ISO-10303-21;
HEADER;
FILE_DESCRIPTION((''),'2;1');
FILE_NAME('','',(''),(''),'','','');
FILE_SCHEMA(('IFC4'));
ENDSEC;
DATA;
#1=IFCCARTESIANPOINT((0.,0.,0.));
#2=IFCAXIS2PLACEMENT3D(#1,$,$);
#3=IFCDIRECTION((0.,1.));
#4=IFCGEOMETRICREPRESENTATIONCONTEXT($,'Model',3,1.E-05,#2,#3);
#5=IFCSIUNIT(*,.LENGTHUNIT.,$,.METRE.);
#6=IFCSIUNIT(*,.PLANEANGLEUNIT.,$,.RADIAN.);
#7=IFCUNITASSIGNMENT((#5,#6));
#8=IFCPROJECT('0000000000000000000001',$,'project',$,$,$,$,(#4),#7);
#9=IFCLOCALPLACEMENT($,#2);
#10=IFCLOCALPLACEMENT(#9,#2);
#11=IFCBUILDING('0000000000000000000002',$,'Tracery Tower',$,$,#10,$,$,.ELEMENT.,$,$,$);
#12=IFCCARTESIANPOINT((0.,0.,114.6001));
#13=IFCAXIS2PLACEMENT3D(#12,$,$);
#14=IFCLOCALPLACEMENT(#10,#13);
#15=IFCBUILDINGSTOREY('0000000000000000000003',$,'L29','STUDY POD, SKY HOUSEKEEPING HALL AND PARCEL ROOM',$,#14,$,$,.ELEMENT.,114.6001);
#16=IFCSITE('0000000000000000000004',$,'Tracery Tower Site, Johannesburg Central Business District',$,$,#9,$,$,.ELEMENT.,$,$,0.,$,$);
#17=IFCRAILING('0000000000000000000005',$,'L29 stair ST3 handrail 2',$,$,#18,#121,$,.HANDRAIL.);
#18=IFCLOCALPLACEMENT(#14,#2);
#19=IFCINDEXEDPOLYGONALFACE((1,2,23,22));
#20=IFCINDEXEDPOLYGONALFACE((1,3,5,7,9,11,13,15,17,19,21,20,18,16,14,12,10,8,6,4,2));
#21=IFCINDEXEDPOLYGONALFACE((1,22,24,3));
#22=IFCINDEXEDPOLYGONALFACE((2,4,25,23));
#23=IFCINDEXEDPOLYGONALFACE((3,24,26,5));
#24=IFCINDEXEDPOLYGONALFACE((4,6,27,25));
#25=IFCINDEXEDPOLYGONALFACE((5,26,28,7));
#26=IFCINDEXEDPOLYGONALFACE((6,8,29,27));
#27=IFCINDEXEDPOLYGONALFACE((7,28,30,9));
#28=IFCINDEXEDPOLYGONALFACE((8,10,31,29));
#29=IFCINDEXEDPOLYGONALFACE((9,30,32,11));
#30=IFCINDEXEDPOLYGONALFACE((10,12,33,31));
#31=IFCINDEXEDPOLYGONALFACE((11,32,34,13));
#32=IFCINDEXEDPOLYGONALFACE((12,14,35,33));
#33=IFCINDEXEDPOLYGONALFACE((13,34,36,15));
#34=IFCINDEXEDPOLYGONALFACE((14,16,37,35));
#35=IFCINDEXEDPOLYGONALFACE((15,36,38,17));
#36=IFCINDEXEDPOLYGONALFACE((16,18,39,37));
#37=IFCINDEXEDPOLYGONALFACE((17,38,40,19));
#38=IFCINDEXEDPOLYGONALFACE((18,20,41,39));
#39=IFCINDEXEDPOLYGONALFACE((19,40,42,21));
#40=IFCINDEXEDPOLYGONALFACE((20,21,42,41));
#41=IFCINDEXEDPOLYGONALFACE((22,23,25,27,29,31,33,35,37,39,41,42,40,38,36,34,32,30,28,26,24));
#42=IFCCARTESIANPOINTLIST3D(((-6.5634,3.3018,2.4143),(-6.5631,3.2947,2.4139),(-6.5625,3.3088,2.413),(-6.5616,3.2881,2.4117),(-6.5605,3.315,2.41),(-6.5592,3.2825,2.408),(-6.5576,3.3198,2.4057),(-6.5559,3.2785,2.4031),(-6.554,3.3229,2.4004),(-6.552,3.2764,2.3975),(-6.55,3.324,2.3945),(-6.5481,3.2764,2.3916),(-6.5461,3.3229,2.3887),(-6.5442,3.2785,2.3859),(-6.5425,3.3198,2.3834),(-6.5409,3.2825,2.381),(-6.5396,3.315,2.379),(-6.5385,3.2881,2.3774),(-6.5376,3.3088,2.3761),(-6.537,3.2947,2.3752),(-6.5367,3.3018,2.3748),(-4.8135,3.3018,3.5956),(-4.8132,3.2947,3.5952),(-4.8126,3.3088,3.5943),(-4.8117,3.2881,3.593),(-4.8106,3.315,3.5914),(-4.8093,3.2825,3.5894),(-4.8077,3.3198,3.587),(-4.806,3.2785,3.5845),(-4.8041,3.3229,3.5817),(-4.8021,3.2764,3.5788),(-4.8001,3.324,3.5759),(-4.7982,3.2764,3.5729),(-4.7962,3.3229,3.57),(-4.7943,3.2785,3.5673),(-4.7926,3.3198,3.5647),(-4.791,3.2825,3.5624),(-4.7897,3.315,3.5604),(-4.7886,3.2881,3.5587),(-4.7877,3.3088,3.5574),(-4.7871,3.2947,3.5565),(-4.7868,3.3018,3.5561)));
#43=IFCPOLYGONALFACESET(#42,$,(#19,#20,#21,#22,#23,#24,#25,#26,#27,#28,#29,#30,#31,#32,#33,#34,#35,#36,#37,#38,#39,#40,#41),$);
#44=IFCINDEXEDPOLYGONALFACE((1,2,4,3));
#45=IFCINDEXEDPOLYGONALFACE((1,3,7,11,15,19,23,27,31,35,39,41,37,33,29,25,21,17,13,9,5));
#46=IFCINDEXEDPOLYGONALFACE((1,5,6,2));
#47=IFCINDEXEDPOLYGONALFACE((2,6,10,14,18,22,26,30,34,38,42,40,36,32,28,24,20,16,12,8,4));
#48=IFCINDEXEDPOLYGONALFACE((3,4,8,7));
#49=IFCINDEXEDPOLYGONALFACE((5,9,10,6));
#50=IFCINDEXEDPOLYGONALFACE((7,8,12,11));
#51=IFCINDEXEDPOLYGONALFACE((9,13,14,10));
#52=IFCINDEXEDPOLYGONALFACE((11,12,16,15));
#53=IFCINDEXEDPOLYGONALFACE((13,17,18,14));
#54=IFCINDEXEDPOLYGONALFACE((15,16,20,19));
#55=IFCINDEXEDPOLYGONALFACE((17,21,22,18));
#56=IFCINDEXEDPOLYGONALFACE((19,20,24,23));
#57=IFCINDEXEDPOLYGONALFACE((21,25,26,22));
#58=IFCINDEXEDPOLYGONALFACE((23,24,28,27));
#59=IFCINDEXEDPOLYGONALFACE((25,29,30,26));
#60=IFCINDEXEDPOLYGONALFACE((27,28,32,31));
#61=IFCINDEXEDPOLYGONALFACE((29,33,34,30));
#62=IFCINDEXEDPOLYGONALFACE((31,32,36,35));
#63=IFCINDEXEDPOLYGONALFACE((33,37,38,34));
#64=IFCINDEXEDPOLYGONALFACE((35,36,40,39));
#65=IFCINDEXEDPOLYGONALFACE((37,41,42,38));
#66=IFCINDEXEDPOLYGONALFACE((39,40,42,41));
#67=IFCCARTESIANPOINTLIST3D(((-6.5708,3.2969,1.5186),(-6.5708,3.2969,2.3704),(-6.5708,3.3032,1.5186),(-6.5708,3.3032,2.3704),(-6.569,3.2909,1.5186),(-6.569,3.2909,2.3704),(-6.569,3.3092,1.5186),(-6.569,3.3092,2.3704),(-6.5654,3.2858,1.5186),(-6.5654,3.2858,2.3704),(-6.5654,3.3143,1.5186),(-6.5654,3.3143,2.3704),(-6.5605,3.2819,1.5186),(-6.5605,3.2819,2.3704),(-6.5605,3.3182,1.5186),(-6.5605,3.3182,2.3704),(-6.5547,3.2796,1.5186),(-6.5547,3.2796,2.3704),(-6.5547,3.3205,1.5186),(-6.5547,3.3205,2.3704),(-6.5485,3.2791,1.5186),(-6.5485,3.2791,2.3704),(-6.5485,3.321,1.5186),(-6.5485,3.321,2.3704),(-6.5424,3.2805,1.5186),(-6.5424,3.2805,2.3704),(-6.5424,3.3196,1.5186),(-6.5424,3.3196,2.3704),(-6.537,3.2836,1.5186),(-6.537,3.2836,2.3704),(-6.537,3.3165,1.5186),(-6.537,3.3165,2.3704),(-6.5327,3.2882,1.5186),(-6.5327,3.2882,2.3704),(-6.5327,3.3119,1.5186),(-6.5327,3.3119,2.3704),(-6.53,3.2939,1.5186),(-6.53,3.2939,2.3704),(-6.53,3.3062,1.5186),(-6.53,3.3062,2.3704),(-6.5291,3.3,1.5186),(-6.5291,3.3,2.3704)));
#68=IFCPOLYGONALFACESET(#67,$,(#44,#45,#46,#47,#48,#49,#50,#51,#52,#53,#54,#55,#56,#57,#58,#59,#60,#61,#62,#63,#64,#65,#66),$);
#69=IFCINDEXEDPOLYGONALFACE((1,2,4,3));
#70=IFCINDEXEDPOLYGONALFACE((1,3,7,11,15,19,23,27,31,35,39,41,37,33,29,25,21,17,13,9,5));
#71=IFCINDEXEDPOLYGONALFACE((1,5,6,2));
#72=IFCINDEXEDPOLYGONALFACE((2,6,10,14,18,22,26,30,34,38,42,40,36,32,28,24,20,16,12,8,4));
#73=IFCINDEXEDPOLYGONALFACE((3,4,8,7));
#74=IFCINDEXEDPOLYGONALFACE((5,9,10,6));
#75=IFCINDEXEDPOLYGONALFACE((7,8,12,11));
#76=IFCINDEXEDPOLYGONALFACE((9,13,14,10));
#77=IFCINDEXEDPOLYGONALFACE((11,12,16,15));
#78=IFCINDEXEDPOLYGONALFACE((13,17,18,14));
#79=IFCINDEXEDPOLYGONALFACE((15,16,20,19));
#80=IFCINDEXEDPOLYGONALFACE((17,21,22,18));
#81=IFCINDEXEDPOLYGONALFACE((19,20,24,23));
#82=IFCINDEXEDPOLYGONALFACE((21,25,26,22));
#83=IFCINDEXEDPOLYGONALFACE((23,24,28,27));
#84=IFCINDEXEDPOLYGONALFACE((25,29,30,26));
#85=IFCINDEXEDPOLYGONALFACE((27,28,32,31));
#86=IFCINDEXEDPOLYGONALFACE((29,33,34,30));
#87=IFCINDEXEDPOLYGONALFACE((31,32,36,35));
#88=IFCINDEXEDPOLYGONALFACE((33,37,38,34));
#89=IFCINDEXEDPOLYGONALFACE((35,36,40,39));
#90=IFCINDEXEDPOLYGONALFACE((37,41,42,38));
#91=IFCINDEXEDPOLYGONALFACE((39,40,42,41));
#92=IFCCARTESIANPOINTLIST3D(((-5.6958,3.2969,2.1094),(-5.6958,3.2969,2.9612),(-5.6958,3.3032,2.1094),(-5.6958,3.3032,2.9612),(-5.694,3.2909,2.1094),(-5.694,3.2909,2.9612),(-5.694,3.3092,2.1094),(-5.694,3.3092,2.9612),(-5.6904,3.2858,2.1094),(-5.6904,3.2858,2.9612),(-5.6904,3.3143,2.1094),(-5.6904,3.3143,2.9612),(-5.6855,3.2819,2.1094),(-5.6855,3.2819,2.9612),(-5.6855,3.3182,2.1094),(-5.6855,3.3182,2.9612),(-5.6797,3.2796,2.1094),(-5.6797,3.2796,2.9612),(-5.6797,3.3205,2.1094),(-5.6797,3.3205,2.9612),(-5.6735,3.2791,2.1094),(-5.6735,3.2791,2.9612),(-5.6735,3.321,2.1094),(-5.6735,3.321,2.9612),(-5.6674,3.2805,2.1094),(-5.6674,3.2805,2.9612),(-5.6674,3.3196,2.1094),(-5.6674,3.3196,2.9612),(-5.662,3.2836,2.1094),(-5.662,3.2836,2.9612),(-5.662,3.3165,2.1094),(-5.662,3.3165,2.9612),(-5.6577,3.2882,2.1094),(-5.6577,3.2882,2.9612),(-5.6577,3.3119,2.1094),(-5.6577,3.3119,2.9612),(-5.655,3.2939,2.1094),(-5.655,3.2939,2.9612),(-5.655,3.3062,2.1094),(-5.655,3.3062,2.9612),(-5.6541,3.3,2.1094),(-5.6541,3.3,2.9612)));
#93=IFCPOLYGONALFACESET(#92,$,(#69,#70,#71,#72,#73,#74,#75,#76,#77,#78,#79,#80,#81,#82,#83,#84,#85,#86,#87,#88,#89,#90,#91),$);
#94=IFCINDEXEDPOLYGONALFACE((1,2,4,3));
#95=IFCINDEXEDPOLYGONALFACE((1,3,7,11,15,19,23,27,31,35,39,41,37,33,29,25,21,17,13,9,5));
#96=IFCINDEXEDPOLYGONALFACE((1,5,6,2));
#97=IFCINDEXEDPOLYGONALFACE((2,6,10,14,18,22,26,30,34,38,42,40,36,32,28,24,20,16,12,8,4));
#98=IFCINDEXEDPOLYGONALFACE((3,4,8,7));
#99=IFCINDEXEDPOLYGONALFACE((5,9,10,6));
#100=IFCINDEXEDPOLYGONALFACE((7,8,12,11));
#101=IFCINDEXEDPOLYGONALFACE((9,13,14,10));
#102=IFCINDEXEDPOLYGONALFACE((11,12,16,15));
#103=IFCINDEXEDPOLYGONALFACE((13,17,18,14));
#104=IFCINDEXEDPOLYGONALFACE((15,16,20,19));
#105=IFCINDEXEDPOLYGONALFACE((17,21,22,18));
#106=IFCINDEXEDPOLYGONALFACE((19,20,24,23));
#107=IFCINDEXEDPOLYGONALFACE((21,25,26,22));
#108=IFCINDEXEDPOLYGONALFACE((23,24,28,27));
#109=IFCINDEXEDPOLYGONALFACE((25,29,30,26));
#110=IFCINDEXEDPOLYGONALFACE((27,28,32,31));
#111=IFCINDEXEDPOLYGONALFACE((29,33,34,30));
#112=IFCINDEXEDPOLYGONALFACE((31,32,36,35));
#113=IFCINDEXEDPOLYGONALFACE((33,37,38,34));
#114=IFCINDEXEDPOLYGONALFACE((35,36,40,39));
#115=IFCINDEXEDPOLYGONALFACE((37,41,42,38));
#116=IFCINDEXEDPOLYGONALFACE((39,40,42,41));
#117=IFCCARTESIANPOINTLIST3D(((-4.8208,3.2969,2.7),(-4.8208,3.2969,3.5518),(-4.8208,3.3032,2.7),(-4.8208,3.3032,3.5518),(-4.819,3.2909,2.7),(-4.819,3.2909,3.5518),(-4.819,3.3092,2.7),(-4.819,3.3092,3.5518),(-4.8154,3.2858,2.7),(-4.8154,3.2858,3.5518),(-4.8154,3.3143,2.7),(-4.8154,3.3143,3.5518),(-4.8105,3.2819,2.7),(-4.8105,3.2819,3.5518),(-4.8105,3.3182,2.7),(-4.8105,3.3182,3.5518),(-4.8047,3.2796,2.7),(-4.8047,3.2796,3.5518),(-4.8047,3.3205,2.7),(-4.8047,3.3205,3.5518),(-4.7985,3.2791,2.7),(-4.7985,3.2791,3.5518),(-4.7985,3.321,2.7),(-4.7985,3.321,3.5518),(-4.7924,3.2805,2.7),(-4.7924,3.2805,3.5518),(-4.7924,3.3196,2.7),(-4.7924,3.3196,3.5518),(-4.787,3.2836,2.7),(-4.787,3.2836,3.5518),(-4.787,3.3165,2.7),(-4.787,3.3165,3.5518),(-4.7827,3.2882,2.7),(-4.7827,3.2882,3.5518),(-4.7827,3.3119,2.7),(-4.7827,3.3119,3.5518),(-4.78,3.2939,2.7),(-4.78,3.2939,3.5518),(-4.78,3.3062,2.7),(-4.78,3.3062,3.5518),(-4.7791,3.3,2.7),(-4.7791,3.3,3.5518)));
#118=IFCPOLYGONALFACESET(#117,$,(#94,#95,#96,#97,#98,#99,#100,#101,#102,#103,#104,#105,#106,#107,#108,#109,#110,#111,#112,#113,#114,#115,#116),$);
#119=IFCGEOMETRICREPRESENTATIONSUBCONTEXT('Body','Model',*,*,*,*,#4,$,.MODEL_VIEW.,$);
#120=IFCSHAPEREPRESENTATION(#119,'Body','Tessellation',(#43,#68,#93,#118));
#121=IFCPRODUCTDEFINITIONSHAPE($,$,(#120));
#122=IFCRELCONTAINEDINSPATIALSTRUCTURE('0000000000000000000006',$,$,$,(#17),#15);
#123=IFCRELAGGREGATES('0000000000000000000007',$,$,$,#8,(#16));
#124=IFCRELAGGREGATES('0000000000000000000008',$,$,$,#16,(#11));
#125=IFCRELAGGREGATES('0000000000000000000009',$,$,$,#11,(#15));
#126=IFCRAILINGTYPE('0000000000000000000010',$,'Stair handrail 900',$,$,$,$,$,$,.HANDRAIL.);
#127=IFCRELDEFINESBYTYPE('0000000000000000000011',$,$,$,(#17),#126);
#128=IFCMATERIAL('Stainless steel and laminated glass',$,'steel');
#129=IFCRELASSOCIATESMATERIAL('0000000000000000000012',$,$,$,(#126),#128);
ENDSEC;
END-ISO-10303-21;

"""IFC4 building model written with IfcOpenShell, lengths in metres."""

from ifc_helpers import new_model, si_unit, direction, frame, origin, origin_2d, place, context, subcontext, project, spatial, circle, extrude, material, type_object, element, save


model = new_model("IFC4")

# Units and contexts
model_context = context("Model", 3, precision=1e-05, world=origin(), true_north=direction((0.0, 1.0)))
body_context = subcontext(model_context, "Body", "Model", "MODEL_VIEW")
ifc_project = project(units=[si_unit("LENGTHUNIT", "METRE"), si_unit("PLANEANGLEUNIT", "RADIAN")], contexts=[model_context])

# Site, building, storey
site_placement = place(None, origin())
site = spatial("IfcSite", under=ifc_project, at=site_placement, Name="Tracery Tower Site, Johannesburg Central Business District", CompositionType="ELEMENT", RefElevation=0.0)
building_placement = place(site_placement, origin())
building = spatial("IfcBuilding", under=site, at=building_placement, Name="Tracery Tower", CompositionType="ELEMENT")
storey_placement = place(building_placement, frame((0.0, 0.0, 114.6001)))
storey = spatial("IfcBuildingStorey", under=building, at=storey_placement, Name="L29", Description="STUDY POD, SKY HOUSEKEEPING HALL AND PARCEL ROOM", CompositionType="ELEMENT", Elevation=114.6001)

# Railing
ifc_material_1 = material(Name="Stainless steel and laminated glass", Category="steel")
railing_type_1 = type_object("IfcRailingType", Name="Stair handrail 900", PredefinedType="HANDRAIL", material=ifc_material_1)
railing_1_placement = place(storey_placement, frame((-6.55, 3.3, 1.5186)))
element("IfcRailing", 1, at=railing_1_placement, inside=storey, type_object=railing_type_1, Name="L29 stair ST3 handrail 2", PredefinedType="HANDRAIL", context=body_context, shape_type="SweptSolid", body=[
    extrude(circle(Radius=0.0239, at=origin_2d()), frame((0.0, 0.0, 0.876), z_axis=(0.828817, 0.0, 0.559521), x_axis=(0.0, 1.0, 0.0)), (0.0, 0.0, 1.0), 2.1113),
    extrude(circle(Radius=0.021, at=origin_2d()), origin(), (0.0, 0.0, 1.0), 0.8518),
    extrude(circle(Radius=0.021, at=origin_2d()), frame((0.875, 0.0, 0.5908)), (0.0, 0.0, 1.0), 0.8518),
    extrude(circle(Radius=0.021, at=origin_2d()), frame((1.75, 0.0, 1.1814)), (0.0, 0.0, 1.0), 0.8518),
])

save(model, "model.ifc")
